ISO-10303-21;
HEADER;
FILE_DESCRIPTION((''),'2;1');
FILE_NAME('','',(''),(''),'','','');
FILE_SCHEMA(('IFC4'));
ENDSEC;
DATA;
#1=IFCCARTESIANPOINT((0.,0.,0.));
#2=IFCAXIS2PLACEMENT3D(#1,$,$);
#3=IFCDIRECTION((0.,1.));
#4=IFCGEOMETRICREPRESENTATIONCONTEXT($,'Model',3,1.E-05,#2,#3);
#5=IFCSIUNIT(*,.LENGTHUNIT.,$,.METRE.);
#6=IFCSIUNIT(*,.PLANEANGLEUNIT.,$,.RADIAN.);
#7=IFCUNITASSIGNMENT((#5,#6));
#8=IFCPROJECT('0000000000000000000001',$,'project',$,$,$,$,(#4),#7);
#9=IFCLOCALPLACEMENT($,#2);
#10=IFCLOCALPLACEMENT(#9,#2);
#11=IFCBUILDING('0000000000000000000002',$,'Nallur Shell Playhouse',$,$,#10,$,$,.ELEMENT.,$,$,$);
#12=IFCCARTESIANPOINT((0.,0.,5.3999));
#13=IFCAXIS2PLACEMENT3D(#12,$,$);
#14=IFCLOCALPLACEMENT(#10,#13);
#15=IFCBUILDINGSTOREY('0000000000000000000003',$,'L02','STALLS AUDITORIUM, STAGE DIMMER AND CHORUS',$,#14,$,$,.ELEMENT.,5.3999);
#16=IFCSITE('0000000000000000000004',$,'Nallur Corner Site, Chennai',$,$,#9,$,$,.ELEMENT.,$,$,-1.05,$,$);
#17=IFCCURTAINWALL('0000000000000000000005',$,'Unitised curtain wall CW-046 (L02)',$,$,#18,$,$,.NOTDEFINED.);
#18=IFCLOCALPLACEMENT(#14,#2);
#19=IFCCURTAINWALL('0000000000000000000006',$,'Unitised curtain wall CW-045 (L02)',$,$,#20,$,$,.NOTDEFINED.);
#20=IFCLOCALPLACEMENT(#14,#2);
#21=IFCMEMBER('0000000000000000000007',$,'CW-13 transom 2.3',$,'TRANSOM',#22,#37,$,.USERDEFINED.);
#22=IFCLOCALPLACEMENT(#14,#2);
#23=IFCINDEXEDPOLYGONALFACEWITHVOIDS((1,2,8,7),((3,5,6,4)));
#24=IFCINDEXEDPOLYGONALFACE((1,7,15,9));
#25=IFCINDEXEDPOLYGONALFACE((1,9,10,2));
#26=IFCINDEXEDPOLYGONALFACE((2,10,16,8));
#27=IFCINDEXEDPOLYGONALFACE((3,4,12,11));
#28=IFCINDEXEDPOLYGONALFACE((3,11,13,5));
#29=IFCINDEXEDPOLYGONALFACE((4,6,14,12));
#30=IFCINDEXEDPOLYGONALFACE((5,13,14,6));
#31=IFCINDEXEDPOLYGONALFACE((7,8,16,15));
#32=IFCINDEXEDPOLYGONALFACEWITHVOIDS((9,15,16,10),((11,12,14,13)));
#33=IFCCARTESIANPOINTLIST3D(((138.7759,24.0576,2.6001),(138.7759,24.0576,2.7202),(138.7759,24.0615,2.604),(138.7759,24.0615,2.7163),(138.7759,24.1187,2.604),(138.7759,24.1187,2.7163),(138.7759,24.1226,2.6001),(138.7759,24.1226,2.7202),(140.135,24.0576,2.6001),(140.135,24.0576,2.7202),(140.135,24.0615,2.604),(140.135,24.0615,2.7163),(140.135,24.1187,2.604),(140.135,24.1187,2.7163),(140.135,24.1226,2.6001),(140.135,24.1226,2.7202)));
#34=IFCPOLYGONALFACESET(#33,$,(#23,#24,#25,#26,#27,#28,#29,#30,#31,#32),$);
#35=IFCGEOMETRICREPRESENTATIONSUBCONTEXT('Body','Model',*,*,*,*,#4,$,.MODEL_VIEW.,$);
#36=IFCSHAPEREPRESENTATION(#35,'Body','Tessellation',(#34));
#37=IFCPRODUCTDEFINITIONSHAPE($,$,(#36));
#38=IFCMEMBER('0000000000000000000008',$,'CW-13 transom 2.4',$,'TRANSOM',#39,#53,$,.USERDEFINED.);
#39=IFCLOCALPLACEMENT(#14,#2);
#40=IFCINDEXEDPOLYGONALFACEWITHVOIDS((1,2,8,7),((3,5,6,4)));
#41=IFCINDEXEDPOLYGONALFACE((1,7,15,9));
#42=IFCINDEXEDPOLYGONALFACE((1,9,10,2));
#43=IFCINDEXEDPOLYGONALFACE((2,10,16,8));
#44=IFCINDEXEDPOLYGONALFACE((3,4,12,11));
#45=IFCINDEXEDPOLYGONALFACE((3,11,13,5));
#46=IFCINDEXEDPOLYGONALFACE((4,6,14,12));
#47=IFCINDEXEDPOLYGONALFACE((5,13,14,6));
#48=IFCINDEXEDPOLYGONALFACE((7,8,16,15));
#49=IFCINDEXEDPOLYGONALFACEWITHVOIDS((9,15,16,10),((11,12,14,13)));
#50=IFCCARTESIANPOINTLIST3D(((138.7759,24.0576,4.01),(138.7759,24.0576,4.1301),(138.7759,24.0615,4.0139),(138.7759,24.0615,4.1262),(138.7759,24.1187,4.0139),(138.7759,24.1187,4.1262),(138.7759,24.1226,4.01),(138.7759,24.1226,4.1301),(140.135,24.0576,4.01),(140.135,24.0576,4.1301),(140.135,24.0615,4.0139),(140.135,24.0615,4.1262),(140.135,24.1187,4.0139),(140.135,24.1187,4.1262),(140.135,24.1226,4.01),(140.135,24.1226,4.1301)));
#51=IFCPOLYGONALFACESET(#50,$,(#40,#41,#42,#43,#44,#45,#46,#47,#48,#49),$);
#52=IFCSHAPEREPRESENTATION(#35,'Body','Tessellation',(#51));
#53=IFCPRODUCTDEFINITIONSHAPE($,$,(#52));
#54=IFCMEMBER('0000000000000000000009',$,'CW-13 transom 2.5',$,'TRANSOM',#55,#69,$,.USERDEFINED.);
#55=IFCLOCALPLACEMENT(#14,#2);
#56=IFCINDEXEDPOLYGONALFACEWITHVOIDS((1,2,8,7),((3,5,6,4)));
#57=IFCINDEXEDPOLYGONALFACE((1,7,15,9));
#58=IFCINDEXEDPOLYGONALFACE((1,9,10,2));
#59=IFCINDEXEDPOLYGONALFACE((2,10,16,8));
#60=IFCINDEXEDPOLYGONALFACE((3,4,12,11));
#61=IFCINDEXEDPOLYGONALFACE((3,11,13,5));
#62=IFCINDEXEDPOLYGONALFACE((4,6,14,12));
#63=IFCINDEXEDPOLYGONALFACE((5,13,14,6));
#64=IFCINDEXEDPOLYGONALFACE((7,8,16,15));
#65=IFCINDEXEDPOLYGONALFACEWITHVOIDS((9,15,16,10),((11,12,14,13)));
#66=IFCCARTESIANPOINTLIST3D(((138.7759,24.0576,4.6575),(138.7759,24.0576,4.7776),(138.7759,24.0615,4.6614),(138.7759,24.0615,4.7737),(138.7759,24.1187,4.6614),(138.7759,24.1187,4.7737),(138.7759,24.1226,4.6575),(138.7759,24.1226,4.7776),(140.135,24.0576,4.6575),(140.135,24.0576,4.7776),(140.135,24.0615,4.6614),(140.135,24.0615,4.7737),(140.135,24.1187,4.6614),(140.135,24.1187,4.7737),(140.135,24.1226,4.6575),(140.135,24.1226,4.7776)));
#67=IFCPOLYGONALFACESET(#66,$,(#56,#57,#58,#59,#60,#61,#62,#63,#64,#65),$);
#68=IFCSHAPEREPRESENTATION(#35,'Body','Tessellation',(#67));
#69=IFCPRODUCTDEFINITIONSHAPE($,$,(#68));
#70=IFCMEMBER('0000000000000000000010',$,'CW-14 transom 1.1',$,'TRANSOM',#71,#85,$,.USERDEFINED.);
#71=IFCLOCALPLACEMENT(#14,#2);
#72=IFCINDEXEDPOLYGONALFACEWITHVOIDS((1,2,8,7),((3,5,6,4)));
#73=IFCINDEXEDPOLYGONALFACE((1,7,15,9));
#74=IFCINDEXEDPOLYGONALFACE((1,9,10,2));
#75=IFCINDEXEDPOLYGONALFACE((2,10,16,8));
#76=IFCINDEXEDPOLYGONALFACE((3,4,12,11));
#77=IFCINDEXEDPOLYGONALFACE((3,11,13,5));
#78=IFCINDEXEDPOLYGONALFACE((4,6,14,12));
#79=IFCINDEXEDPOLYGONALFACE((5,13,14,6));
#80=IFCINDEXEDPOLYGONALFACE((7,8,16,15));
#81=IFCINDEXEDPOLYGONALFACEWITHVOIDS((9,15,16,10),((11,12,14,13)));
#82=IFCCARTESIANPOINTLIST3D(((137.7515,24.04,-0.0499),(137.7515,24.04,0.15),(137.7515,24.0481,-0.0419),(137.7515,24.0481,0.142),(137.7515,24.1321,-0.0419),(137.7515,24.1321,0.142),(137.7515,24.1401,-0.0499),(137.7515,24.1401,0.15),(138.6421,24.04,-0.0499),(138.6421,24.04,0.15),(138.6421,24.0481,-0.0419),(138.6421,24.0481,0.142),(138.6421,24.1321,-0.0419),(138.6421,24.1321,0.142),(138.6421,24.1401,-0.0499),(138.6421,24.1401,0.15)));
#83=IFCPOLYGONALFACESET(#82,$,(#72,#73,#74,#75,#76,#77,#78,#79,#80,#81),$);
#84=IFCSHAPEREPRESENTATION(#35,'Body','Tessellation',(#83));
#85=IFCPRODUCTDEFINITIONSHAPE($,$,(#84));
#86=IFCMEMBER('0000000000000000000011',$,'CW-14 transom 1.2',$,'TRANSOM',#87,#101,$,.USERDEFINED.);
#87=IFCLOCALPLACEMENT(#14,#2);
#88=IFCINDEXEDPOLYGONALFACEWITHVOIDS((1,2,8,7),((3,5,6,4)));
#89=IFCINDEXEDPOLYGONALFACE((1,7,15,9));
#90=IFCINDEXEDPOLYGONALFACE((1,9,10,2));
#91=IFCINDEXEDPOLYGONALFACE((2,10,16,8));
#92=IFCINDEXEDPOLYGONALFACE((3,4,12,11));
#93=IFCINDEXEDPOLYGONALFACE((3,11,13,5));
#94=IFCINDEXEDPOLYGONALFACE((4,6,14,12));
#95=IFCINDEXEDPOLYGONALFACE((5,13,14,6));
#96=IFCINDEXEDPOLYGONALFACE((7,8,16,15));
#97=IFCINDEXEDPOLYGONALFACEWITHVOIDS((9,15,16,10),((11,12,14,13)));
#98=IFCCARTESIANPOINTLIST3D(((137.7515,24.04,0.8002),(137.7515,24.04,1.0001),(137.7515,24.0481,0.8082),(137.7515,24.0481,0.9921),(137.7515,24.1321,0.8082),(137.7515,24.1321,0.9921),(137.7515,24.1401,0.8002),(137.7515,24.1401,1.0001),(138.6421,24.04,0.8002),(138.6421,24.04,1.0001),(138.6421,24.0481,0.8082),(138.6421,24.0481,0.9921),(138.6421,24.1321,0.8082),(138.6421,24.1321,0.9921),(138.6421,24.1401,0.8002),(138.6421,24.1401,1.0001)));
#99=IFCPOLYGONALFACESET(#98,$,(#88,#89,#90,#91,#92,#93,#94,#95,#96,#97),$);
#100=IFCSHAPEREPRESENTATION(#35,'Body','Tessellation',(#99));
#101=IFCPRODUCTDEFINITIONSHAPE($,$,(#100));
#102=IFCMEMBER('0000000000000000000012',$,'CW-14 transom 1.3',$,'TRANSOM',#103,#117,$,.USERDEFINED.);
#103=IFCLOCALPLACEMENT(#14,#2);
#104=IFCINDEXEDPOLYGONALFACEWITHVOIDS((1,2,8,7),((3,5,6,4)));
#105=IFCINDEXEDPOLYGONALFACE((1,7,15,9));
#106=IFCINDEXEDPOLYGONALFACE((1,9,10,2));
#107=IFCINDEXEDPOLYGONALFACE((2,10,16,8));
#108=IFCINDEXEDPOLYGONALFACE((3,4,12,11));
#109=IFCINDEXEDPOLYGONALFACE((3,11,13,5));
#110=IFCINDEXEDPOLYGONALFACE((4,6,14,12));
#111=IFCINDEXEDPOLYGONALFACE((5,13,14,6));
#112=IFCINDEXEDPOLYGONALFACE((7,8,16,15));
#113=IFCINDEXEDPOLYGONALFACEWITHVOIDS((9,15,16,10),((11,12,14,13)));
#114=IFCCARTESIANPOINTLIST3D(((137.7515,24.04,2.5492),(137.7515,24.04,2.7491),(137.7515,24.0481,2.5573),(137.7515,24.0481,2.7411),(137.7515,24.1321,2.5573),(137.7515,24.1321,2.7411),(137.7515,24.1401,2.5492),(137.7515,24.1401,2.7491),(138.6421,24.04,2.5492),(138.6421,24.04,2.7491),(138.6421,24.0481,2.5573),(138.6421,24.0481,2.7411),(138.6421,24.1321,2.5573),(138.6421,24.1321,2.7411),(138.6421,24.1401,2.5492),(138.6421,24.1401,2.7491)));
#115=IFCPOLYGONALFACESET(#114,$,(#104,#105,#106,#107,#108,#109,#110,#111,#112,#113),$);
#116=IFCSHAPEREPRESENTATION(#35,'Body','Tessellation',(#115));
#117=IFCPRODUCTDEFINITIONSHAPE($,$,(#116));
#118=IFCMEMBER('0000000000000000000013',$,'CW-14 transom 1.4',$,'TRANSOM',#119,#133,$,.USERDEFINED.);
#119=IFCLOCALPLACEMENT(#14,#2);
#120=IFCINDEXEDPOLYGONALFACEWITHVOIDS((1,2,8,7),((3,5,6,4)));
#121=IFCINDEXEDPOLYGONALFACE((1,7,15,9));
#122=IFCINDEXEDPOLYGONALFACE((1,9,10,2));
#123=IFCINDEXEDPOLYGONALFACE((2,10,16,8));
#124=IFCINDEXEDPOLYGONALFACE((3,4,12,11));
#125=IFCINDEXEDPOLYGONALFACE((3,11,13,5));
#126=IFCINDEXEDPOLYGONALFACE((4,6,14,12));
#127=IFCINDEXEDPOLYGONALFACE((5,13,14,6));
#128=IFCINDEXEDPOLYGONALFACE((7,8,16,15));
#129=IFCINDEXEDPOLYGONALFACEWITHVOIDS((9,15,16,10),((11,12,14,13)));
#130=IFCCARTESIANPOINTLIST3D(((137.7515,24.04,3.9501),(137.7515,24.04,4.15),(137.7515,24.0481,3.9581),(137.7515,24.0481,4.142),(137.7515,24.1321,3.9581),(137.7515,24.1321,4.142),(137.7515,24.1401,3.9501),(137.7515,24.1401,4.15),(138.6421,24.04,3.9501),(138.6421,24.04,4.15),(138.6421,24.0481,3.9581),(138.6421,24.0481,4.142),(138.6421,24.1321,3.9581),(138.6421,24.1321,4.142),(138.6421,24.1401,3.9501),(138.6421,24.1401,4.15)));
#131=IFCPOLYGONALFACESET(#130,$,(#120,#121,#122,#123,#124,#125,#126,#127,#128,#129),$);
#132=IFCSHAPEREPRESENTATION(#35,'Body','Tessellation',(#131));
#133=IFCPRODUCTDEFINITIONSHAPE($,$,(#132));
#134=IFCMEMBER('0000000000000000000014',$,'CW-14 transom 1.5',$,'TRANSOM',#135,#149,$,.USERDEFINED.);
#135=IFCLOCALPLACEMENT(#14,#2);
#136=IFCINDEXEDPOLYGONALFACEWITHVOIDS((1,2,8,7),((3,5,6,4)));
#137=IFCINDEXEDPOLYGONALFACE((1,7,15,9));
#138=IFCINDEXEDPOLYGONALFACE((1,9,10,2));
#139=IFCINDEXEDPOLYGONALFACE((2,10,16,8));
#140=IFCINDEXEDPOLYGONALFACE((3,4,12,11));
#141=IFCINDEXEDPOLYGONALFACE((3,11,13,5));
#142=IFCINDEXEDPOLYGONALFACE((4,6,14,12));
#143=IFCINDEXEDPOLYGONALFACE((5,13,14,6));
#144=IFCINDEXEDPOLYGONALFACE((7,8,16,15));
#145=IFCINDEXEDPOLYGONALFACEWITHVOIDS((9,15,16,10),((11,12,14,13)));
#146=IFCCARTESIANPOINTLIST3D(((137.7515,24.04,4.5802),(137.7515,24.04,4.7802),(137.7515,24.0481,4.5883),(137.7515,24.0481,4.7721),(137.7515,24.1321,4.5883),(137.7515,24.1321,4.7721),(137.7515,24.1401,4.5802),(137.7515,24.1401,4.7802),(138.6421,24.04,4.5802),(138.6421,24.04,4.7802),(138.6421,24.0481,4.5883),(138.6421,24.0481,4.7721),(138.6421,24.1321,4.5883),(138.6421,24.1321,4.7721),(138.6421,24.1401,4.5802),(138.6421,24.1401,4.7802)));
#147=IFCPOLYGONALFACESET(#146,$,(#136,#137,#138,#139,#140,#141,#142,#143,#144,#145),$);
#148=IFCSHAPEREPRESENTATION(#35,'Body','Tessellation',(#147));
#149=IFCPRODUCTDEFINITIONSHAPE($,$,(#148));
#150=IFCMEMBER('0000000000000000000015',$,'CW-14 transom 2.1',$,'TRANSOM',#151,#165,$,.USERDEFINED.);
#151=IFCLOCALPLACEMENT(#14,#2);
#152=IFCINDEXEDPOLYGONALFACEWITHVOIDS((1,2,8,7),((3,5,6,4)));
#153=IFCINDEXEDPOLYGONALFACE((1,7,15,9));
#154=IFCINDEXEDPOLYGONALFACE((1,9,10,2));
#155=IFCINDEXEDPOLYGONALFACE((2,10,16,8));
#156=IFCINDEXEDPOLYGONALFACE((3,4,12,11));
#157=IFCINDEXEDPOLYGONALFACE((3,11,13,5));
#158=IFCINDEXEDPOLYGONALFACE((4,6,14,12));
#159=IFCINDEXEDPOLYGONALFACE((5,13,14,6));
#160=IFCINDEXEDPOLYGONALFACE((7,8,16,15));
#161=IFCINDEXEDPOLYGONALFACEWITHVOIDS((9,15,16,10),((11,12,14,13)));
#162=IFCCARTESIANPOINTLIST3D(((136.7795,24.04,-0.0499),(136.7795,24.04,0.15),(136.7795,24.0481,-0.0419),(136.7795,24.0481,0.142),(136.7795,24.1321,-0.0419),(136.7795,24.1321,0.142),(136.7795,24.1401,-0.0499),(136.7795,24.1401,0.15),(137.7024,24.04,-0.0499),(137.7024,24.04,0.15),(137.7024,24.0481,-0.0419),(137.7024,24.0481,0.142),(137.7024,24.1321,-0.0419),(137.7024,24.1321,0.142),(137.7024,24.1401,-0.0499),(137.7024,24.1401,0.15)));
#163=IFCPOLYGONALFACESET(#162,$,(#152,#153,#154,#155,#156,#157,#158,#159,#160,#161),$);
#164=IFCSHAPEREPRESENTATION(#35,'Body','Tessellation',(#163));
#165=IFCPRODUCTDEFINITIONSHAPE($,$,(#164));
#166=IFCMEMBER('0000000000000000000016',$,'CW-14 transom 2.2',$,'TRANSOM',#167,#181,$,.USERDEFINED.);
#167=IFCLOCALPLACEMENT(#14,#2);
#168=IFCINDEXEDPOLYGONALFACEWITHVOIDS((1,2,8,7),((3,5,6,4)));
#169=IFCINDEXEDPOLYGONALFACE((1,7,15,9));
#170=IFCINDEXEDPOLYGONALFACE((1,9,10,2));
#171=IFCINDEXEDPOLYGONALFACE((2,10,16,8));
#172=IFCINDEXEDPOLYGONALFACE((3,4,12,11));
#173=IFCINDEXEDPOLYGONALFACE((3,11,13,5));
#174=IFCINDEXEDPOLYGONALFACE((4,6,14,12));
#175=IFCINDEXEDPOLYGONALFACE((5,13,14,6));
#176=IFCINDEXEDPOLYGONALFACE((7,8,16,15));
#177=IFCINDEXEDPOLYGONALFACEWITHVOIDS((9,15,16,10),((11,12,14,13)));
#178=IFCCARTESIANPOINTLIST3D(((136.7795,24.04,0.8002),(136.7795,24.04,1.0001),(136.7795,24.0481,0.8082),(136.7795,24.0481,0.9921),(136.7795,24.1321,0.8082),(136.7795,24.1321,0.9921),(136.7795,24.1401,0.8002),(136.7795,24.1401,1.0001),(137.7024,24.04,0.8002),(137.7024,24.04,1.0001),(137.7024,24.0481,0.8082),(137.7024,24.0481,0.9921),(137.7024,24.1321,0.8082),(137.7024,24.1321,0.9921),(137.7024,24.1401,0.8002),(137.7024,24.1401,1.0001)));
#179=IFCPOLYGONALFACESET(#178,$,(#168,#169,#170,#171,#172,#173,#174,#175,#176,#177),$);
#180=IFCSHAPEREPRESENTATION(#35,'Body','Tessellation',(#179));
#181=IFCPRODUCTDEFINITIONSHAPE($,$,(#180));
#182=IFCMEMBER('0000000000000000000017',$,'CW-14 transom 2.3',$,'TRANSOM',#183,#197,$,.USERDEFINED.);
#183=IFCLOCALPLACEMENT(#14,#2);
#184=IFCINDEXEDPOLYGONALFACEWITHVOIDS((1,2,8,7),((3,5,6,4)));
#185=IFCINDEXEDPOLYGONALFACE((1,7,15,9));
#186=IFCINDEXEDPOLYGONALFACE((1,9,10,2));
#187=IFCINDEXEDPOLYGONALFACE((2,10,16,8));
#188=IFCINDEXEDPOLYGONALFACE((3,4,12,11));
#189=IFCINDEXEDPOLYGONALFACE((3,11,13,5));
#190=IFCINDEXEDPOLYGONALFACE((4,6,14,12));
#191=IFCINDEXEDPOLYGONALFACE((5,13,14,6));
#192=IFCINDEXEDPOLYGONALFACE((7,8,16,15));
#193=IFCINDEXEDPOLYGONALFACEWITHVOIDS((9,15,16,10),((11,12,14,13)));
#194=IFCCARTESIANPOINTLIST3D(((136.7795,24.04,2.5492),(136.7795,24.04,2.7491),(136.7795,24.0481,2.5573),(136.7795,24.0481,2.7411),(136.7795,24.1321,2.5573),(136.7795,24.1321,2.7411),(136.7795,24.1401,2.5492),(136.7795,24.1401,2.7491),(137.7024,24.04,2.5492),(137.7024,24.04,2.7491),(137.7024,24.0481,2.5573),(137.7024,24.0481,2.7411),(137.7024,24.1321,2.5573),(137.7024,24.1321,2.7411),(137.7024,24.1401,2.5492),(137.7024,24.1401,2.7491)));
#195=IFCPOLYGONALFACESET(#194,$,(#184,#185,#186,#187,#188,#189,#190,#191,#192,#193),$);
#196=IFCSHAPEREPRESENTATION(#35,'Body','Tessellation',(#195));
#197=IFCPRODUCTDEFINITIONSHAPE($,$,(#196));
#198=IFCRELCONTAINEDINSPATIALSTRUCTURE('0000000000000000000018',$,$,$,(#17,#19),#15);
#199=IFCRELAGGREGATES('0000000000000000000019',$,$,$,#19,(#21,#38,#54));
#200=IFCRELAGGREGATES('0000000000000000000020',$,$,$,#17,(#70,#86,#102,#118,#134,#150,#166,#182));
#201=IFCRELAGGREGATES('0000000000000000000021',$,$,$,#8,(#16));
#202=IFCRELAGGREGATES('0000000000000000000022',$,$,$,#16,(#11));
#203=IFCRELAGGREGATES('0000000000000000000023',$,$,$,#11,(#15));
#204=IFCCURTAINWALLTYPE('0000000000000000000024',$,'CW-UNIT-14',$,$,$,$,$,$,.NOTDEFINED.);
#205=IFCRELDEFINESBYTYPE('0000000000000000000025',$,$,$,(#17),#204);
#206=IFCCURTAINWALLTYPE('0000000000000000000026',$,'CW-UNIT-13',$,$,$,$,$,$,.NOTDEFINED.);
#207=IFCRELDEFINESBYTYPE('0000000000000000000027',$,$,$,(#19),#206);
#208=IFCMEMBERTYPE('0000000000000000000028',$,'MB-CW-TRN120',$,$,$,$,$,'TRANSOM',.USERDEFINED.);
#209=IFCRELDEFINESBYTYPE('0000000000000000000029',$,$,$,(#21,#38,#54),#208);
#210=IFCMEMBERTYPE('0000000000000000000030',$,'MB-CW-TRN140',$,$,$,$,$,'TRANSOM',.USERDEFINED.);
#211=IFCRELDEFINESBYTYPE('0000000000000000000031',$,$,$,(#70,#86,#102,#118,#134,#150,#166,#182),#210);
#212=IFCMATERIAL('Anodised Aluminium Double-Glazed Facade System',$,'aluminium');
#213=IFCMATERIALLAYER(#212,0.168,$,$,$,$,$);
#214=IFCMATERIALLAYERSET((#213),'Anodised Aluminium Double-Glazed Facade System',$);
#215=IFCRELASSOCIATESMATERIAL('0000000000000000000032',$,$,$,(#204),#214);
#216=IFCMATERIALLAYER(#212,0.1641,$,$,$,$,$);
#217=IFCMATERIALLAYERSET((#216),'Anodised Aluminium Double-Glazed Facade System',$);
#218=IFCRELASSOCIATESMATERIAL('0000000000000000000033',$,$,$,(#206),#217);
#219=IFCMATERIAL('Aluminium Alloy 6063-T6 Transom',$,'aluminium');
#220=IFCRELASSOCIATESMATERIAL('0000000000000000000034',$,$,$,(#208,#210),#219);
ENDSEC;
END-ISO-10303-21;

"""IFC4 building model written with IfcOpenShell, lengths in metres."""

from ifc_helpers import new_model, si_unit, direction, frame, origin, origin_2d, place, context, subcontext, project, spatial, hollow_rectangle, extrude, material, layer, layer_set, material_profile, profile_set, type_object, element, aggregate, save


model = new_model("IFC4")

# Units and contexts
model_context = context("Model", 3, precision=1e-05, world=origin(), true_north=direction((0.0, 1.0)))
body_context = subcontext(model_context, "Body", "Model", "MODEL_VIEW")
ifc_project = project(units=[si_unit("LENGTHUNIT", "METRE"), si_unit("PLANEANGLEUNIT", "RADIAN")], contexts=[model_context])

# Site, building, storey
site_placement = place(None, origin())
site = spatial("IfcSite", under=ifc_project, at=site_placement, Name="Nallur Corner Site, Chennai", CompositionType="ELEMENT", RefElevation=-1.05)
building_placement = place(site_placement, origin())
building = spatial("IfcBuilding", under=site, at=building_placement, Name="Nallur Shell Playhouse", CompositionType="ELEMENT")
storey_placement = place(building_placement, frame((0.0, 0.0, 5.3999)))
storey = spatial("IfcBuildingStorey", under=building, at=storey_placement, Name="L02", Description="STALLS AUDITORIUM, STAGE DIMMER AND CHORUS", CompositionType="ELEMENT", Elevation=5.3999)

# Curtain walls, members
ifc_material_1 = material(Name="Anodised Aluminium Double-Glazed Facade System", Category="aluminium")
ifc_layer_1 = layer(ifc_material_1, 0.168)
ifc_layer_set_1 = layer_set([ifc_layer_1], Name="Anodised Aluminium Double-Glazed Facade System")
curtain_wall_type_1 = type_object("IfcCurtainWallType", Name="CW-UNIT-14", PredefinedType="NOTDEFINED", material=ifc_layer_set_1)
curtain_wall_1_placement = place(storey_placement, origin())
curtain_wall_1 = element("IfcCurtainWall", 1, at=curtain_wall_1_placement, inside=storey, type_object=curtain_wall_type_1, Name="Unitised curtain wall CW-046 (L02)", PredefinedType="NOTDEFINED")
ifc_layer_2 = layer(ifc_material_1, 0.1641)
ifc_layer_set_2 = layer_set([ifc_layer_2], Name="Anodised Aluminium Double-Glazed Facade System")
curtain_wall_type_2 = type_object("IfcCurtainWallType", Name="CW-UNIT-13", PredefinedType="NOTDEFINED", material=ifc_layer_set_2)
curtain_wall_2_placement = place(storey_placement, origin())
curtain_wall_2 = element("IfcCurtainWall", 2, at=curtain_wall_2_placement, inside=storey, type_object=curtain_wall_type_2, Name="Unitised curtain wall CW-045 (L02)", PredefinedType="NOTDEFINED")
ifc_material_2 = material(Name="Aluminium Alloy 6063-T6 Transom", Category="aluminium")
ifc_material_profile_1 = material_profile(ifc_material_2, hollow_rectangle(XDim=0.0649, YDim=0.1201, WallThickness=0.0039, at=origin_2d()), Name="ALU 65x120x4")
ifc_profile_set_1 = profile_set([ifc_material_profile_1], Name="Aluminium Alloy 6063-T6 Transom")
member_type_1 = type_object("IfcMemberType", Name="MB-CW-TRN120", ElementType="TRANSOM", PredefinedType="USERDEFINED", material=ifc_profile_set_1)
member_1_placement = place(storey_placement, frame((140.135, 24.0901, 2.6602), z_axis=(-1.0, 0.0, 0.0), x_axis=(0.0, -1.0, 0.0)))
member_1 = element("IfcMember", 3, at=member_1_placement, type_object=member_type_1, Name="CW-13 transom 2.3", ObjectType="TRANSOM", PredefinedType="USERDEFINED", context=body_context, shape_type="SweptSolid", body=[
    extrude(hollow_rectangle(XDim=0.0649, YDim=0.1201, WallThickness=0.0039, at=origin_2d()), origin(), (0.0, 0.0, 1.0), 1.3591),
])
member_2_placement = place(storey_placement, frame((140.135, 24.0901, 4.0701), z_axis=(-1.0, 0.0, 0.0), x_axis=(0.0, -1.0, 0.0)))
member_2 = element("IfcMember", 4, at=member_2_placement, type_object=member_type_1, Name="CW-13 transom 2.4", ObjectType="TRANSOM", PredefinedType="USERDEFINED", context=body_context, shape_type="SweptSolid", body=[
    extrude(hollow_rectangle(XDim=0.0649, YDim=0.1201, WallThickness=0.0039, at=origin_2d()), origin(), (0.0, 0.0, 1.0), 1.3591),
])
member_3_placement = place(storey_placement, frame((140.135, 24.0901, 4.7175), z_axis=(-1.0, 0.0, 0.0), x_axis=(0.0, -1.0, 0.0)))
member_3 = element("IfcMember", 5, at=member_3_placement, type_object=member_type_1, Name="CW-13 transom 2.5", ObjectType="TRANSOM", PredefinedType="USERDEFINED", context=body_context, shape_type="SweptSolid", body=[
    extrude(hollow_rectangle(XDim=0.0649, YDim=0.1201, WallThickness=0.0039, at=origin_2d()), origin(), (0.0, 0.0, 1.0), 1.3591),
])

# Members
ifc_material_profile_2 = material_profile(ifc_material_2, hollow_rectangle(XDim=0.1001, YDim=0.2, WallThickness=0.0081, at=origin_2d()), Name="RHS 200x100x8")
ifc_profile_set_2 = profile_set([ifc_material_profile_2], Name="Aluminium Alloy 6063-T6 Transom")
member_type_2 = type_object("IfcMemberType", Name="MB-CW-TRN140", ElementType="TRANSOM", PredefinedType="USERDEFINED", material=ifc_profile_set_2)
member_4_placement = place(storey_placement, frame((138.6421, 24.0901, 0.05), z_axis=(-1.0, 0.0, 0.0), x_axis=(0.0, -1.0, 0.0)))
member_4 = element("IfcMember", 6, at=member_4_placement, type_object=member_type_2, Name="CW-14 transom 1.1", ObjectType="TRANSOM", PredefinedType="USERDEFINED", context=body_context, shape_type="SweptSolid", body=[
    extrude(hollow_rectangle(XDim=0.1001, YDim=0.2, WallThickness=0.0081, at=origin_2d()), origin(), (0.0, 0.0, 1.0), 0.8906),
])
member_5_placement = place(storey_placement, frame((138.6421, 24.0901, 0.9001), z_axis=(-1.0, 0.0, 0.0), x_axis=(0.0, -1.0, 0.0)))
member_5 = element("IfcMember", 7, at=member_5_placement, type_object=member_type_2, Name="CW-14 transom 1.2", ObjectType="TRANSOM", PredefinedType="USERDEFINED", context=body_context, shape_type="SweptSolid", body=[
    extrude(hollow_rectangle(XDim=0.1001, YDim=0.2, WallThickness=0.0081, at=origin_2d()), origin(), (0.0, 0.0, 1.0), 0.8906),
])
member_6_placement = place(storey_placement, frame((138.6421, 24.0901, 2.6492), z_axis=(-1.0, 0.0, 0.0), x_axis=(0.0, -1.0, 0.0)))
member_6 = element("IfcMember", 8, at=member_6_placement, type_object=member_type_2, Name="CW-14 transom 1.3", ObjectType="TRANSOM", PredefinedType="USERDEFINED", context=body_context, shape_type="SweptSolid", body=[
    extrude(hollow_rectangle(XDim=0.1001, YDim=0.2, WallThickness=0.0081, at=origin_2d()), origin(), (0.0, 0.0, 1.0), 0.8906),
])
member_7_placement = place(storey_placement, frame((138.6421, 24.0901, 4.05), z_axis=(-1.0, 0.0, 0.0), x_axis=(0.0, -1.0, 0.0)))
member_7 = element("IfcMember", 9, at=member_7_placement, type_object=member_type_2, Name="CW-14 transom 1.4", ObjectType="TRANSOM", PredefinedType="USERDEFINED", context=body_context, shape_type="SweptSolid", body=[
    extrude(hollow_rectangle(XDim=0.1001, YDim=0.2, WallThickness=0.0081, at=origin_2d()), origin(), (0.0, 0.0, 1.0), 0.8906),
])
member_8_placement = place(storey_placement, frame((138.6421, 24.0901, 4.6802), z_axis=(-1.0, 0.0, 0.0), x_axis=(0.0, -1.0, 0.0)))
member_8 = element("IfcMember", 10, at=member_8_placement, type_object=member_type_2, Name="CW-14 transom 1.5", ObjectType="TRANSOM", PredefinedType="USERDEFINED", context=body_context, shape_type="SweptSolid", body=[
    extrude(hollow_rectangle(XDim=0.1001, YDim=0.2, WallThickness=0.0081, at=origin_2d()), origin(), (0.0, 0.0, 1.0), 0.8906),
])
member_9_placement = place(storey_placement, frame((137.7024, 24.0901, 0.05), z_axis=(-1.0, 0.0, 0.0), x_axis=(0.0, -1.0, 0.0)))
member_9 = element("IfcMember", 11, at=member_9_placement, type_object=member_type_2, Name="CW-14 transom 2.1", ObjectType="TRANSOM", PredefinedType="USERDEFINED", context=body_context, shape_type="SweptSolid", body=[
    extrude(hollow_rectangle(XDim=0.1001, YDim=0.2, WallThickness=0.0081, at=origin_2d()), origin(), (0.0, 0.0, 1.0), 0.9229),
])
member_10_placement = place(storey_placement, frame((137.7024, 24.0901, 0.9001), z_axis=(-1.0, 0.0, 0.0), x_axis=(0.0, -1.0, 0.0)))
member_10 = element("IfcMember", 12, at=member_10_placement, type_object=member_type_2, Name="CW-14 transom 2.2", ObjectType="TRANSOM", PredefinedType="USERDEFINED", context=body_context, shape_type="SweptSolid", body=[
    extrude(hollow_rectangle(XDim=0.1001, YDim=0.2, WallThickness=0.0081, at=origin_2d()), origin(), (0.0, 0.0, 1.0), 0.9229),
])
member_11_placement = place(storey_placement, frame((137.7024, 24.0901, 2.6492), z_axis=(-1.0, 0.0, 0.0), x_axis=(0.0, -1.0, 0.0)))
member_11 = element("IfcMember", 13, at=member_11_placement, type_object=member_type_2, Name="CW-14 transom 2.3", ObjectType="TRANSOM", PredefinedType="USERDEFINED", context=body_context, shape_type="SweptSolid", body=[
    extrude(hollow_rectangle(XDim=0.1001, YDim=0.2, WallThickness=0.0081, at=origin_2d()), origin(), (0.0, 0.0, 1.0), 0.9229),
])

aggregate(curtain_wall_2, [member_1, member_2, member_3])
aggregate(curtain_wall_1, [member_4, member_5, member_6, member_7, member_8, member_9, member_10, member_11])

save(model, "model.ifc")
